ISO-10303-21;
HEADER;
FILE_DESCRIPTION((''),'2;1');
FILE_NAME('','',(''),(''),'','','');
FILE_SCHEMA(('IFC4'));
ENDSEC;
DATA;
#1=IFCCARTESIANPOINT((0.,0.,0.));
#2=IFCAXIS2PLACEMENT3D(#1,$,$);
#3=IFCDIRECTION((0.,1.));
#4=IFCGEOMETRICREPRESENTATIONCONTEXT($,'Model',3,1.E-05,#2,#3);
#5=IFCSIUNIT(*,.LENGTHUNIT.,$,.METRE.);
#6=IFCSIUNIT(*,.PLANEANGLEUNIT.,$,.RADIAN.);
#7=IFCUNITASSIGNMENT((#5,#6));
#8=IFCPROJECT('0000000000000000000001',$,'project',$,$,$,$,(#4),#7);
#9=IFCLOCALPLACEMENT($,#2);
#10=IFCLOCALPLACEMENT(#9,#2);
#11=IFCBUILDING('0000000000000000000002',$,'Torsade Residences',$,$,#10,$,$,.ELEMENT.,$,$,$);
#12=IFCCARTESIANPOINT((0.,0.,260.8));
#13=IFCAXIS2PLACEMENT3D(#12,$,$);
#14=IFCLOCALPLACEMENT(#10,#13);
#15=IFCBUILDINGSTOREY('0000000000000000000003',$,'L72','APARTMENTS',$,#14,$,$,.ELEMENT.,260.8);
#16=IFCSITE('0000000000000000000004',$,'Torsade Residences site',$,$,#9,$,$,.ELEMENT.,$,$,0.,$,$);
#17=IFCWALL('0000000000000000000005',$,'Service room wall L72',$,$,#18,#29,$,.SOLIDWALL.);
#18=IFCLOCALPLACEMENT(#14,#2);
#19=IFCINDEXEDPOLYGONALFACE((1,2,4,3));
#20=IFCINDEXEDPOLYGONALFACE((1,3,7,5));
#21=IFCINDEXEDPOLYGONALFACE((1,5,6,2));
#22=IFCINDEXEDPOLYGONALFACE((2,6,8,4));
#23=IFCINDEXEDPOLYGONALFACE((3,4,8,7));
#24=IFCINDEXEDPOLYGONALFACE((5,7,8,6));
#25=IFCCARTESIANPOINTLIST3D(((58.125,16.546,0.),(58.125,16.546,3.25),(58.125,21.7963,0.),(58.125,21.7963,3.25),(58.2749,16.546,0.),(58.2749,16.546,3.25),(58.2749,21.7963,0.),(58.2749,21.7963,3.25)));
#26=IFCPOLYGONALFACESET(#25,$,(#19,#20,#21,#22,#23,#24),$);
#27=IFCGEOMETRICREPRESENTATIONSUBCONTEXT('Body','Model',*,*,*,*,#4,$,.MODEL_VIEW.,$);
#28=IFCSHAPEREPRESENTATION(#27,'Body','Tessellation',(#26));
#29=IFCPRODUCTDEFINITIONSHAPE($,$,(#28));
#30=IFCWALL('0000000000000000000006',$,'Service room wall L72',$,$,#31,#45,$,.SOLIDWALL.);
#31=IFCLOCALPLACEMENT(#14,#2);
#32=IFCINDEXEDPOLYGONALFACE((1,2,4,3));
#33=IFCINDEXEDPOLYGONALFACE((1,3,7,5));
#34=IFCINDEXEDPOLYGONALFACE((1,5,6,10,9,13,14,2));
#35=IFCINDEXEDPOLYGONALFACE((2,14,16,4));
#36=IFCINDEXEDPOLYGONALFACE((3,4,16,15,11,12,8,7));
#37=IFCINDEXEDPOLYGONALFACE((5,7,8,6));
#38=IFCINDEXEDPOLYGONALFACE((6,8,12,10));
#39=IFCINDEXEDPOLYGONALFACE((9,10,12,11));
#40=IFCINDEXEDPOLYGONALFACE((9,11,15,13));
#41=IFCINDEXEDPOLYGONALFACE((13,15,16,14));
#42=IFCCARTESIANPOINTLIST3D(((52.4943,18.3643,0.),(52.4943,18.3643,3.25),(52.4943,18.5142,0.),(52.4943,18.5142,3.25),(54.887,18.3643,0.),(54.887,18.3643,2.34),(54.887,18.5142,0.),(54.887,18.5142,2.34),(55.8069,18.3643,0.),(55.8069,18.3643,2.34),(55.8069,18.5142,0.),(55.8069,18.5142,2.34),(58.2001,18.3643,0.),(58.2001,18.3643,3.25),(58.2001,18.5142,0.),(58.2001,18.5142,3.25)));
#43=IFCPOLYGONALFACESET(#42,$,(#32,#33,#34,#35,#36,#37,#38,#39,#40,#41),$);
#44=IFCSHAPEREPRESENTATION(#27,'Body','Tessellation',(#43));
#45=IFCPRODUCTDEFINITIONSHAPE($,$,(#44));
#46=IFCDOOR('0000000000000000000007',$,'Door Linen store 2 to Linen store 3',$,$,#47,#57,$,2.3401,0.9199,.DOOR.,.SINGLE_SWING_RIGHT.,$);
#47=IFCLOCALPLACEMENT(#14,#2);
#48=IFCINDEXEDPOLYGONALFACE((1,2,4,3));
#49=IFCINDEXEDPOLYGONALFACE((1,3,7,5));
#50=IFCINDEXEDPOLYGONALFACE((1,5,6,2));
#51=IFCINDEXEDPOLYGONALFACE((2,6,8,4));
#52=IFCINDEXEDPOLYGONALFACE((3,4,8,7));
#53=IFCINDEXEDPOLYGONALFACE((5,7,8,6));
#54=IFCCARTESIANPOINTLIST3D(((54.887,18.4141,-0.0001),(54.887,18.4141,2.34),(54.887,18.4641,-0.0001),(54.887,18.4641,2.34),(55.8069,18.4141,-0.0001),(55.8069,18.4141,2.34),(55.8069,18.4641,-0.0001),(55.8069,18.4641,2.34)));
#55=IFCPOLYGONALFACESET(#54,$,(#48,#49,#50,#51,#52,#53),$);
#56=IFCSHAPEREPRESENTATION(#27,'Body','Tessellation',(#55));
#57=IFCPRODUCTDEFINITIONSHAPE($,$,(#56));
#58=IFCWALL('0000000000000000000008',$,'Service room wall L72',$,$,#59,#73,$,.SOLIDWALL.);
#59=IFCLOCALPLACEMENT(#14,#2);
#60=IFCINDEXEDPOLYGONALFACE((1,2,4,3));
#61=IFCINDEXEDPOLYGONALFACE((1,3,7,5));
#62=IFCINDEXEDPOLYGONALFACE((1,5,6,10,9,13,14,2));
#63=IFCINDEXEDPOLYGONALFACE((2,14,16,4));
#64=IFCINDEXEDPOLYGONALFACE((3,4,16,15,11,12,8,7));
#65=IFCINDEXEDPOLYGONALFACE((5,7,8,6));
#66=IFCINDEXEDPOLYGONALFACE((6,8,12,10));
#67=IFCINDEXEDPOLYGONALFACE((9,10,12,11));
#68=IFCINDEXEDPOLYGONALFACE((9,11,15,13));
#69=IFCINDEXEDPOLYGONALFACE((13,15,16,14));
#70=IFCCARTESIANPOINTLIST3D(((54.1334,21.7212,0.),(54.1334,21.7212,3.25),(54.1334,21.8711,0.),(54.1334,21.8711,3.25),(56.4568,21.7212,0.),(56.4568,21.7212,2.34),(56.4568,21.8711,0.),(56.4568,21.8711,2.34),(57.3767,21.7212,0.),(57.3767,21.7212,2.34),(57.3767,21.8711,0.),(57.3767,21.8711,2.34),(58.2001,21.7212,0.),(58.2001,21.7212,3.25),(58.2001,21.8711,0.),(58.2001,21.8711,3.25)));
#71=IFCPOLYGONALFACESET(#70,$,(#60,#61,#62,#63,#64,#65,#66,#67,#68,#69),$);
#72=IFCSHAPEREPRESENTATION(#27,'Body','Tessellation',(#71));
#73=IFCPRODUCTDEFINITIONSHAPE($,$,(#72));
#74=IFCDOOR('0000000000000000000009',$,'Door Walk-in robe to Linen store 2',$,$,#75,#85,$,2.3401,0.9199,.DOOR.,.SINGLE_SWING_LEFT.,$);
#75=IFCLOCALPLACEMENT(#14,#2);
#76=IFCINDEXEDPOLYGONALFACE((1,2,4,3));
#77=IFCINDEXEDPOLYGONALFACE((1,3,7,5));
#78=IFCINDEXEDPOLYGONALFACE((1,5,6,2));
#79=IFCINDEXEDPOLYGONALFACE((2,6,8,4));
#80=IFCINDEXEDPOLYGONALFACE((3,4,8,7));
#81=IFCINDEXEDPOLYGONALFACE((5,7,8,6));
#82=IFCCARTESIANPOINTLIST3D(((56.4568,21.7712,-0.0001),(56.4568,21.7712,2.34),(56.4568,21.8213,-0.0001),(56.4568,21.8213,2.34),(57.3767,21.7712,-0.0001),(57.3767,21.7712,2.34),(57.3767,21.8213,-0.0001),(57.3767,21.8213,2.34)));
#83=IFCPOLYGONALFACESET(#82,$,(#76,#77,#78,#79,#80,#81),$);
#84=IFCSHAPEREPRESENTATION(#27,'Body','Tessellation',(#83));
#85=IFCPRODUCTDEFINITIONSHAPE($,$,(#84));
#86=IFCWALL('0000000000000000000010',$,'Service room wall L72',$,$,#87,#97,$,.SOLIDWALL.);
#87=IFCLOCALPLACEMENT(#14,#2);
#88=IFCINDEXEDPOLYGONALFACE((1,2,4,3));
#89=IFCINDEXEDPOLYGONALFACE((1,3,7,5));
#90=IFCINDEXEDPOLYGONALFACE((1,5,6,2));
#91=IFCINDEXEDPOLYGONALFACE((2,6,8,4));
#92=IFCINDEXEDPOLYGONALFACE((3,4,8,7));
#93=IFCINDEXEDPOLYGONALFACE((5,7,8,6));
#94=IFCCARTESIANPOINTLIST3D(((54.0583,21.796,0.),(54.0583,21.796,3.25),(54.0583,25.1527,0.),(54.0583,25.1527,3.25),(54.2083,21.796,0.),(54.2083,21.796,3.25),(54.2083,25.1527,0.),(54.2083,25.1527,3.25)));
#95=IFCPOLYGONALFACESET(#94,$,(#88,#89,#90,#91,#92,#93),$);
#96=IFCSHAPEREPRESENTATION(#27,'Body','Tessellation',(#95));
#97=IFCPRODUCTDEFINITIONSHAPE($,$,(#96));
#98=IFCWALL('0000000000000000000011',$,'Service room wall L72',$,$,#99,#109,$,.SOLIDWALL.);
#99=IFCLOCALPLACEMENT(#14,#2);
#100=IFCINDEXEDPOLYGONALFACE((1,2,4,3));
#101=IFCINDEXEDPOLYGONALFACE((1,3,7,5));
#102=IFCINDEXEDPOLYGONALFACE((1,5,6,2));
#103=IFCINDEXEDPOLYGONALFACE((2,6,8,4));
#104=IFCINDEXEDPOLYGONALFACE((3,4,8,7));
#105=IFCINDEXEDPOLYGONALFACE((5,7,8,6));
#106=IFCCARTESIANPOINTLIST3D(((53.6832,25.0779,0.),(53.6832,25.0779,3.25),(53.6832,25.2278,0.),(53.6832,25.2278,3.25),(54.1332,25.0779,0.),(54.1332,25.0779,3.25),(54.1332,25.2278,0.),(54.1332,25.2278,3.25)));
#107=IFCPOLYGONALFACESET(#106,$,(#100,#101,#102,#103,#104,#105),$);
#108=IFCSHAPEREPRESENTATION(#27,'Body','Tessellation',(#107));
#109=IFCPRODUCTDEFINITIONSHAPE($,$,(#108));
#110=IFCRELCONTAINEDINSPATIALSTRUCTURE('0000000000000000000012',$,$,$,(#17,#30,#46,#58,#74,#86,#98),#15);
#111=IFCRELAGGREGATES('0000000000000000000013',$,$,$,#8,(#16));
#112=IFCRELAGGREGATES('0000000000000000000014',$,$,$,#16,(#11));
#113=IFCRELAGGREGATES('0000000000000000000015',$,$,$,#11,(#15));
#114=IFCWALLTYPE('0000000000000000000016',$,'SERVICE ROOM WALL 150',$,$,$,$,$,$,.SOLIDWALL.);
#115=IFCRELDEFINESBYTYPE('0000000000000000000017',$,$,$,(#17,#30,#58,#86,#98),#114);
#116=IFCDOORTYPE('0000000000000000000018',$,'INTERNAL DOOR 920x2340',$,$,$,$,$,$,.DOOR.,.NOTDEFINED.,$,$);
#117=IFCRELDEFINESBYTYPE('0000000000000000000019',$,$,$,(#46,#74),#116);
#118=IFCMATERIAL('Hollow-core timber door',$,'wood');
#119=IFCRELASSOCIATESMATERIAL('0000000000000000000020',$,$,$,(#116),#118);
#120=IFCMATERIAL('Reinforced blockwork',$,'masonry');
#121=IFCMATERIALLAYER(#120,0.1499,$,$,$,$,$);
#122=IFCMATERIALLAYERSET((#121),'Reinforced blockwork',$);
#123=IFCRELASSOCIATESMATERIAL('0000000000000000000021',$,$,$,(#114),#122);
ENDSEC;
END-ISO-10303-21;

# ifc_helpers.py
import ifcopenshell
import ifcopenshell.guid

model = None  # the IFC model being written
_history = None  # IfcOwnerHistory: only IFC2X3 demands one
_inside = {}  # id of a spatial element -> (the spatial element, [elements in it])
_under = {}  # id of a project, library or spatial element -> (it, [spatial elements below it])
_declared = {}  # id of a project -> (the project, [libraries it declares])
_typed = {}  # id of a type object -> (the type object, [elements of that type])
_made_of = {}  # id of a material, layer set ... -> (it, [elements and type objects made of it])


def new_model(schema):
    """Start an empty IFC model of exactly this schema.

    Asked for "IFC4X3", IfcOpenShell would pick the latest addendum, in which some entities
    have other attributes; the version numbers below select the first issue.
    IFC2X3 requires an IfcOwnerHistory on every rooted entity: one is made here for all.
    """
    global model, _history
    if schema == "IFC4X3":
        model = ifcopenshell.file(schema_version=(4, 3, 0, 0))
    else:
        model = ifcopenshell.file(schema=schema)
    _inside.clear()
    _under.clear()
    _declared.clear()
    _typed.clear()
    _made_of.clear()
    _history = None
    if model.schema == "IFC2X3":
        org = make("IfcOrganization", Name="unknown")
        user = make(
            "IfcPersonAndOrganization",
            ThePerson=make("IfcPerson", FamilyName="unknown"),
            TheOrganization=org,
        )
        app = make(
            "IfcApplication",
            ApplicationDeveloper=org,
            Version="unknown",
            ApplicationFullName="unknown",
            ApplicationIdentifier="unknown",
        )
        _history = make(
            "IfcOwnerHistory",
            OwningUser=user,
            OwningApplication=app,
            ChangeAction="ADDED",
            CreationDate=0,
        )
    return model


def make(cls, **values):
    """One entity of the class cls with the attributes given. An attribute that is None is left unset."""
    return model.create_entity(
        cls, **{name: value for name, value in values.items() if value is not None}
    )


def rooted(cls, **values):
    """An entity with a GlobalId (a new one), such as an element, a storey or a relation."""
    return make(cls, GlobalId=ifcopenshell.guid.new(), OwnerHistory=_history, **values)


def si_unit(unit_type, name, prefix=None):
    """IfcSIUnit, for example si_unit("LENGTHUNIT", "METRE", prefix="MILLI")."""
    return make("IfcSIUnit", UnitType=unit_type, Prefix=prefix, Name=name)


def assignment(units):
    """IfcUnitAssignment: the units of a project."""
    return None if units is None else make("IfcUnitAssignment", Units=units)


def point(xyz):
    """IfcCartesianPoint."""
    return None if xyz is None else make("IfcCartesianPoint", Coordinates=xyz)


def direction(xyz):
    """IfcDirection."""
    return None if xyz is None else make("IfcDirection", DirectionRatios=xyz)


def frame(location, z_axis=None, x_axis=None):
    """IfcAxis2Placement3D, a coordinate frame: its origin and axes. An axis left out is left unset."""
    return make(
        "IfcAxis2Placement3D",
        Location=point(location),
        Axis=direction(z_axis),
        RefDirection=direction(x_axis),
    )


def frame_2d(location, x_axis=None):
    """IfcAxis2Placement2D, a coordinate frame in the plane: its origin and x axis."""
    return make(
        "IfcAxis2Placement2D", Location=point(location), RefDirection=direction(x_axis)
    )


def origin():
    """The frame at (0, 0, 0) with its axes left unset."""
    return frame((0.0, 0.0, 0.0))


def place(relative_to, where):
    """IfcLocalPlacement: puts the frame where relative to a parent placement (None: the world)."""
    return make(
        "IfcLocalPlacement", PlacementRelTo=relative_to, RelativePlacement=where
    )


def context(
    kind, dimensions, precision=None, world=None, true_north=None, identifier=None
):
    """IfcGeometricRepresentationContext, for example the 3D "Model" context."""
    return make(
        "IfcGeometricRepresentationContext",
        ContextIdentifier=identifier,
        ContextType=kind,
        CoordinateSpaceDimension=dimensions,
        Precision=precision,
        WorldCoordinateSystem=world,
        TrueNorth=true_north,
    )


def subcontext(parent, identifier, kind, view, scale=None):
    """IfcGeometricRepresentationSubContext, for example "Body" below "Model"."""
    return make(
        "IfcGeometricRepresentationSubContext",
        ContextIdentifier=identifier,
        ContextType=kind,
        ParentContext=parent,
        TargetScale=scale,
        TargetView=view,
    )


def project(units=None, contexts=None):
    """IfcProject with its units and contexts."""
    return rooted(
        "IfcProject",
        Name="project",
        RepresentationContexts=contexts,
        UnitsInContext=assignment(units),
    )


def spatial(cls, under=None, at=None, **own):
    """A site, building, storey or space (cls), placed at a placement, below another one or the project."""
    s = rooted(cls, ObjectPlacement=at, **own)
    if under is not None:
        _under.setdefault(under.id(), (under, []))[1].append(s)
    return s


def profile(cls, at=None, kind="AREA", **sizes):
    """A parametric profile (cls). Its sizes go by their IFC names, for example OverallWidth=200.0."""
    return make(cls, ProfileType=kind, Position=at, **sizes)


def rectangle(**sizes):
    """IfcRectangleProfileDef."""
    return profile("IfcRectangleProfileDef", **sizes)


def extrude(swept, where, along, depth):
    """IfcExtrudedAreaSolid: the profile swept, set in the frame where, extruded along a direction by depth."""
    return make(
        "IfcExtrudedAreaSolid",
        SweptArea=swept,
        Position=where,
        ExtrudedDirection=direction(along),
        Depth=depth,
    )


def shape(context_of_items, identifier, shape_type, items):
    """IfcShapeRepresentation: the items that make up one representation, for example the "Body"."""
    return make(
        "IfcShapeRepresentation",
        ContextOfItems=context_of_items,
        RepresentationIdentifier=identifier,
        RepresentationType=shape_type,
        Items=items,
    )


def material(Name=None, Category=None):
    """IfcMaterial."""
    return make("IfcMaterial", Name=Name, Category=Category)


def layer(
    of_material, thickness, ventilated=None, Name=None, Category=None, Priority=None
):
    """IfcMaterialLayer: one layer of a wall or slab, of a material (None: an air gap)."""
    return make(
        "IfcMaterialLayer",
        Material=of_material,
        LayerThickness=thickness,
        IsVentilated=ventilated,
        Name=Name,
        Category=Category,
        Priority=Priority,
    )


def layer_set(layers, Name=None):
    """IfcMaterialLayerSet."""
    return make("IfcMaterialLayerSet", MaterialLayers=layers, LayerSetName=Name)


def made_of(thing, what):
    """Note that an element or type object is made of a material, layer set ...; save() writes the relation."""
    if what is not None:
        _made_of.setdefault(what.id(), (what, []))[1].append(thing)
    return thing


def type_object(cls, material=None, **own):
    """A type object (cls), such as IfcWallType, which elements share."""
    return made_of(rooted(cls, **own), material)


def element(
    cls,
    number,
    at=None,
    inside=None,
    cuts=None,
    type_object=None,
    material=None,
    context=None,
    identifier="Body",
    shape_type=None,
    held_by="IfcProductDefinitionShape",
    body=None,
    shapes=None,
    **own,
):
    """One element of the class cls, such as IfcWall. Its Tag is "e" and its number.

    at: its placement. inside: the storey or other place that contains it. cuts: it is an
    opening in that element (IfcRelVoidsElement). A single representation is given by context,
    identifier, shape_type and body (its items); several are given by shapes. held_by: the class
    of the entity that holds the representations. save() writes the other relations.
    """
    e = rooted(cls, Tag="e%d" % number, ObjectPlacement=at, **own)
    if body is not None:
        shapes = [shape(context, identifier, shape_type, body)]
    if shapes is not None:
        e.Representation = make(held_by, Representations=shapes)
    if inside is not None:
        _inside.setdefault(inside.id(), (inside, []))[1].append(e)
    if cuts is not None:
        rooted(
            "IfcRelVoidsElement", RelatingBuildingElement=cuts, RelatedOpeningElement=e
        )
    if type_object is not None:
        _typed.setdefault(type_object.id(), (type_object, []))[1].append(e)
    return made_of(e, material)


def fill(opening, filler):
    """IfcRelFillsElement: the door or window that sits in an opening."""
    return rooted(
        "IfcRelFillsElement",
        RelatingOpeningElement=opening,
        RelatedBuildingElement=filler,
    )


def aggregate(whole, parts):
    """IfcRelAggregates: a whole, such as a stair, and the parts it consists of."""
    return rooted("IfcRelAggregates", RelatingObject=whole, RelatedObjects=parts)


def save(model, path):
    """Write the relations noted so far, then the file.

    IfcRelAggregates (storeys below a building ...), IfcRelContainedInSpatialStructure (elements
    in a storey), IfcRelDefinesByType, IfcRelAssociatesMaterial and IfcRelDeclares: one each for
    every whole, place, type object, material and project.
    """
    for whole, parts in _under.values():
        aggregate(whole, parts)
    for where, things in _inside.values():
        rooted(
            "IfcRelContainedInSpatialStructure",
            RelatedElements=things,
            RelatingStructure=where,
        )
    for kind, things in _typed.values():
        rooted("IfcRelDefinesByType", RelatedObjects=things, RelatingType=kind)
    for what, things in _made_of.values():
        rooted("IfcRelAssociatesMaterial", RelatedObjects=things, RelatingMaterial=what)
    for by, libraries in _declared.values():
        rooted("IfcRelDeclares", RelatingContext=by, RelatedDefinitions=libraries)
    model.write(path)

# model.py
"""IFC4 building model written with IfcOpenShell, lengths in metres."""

from ifc_helpers import new_model, si_unit, direction, frame, frame_2d, origin, place, context, subcontext, project, spatial, rectangle, extrude, material, layer, layer_set, type_object, element, fill, save


model = new_model("IFC4")

# Units and contexts
model_context = context("Model", 3, precision=1e-05, world=origin(), true_north=direction((0.0, 1.0)))
body_context = subcontext(model_context, "Body", "Model", "MODEL_VIEW")
ifc_project = project(units=[si_unit("LENGTHUNIT", "METRE"), si_unit("PLANEANGLEUNIT", "RADIAN")], contexts=[model_context])

# Site, building, storey
site_placement = place(None, origin())
site = spatial("IfcSite", under=ifc_project, at=site_placement, Name="Torsade Residences site", CompositionType="ELEMENT", RefElevation=0.0)
building_placement = place(site_placement, origin())
building = spatial("IfcBuilding", under=site, at=building_placement, Name="Torsade Residences", CompositionType="ELEMENT")
storey_placement = place(building_placement, frame((0.0, 0.0, 260.8)))
storey = spatial("IfcBuildingStorey", under=building, at=storey_placement, Name="L72", Description="APARTMENTS", CompositionType="ELEMENT", Elevation=260.8)

# Shared definitions
ifc_material_1 = material(Name="Hollow-core timber door", Category="wood")
door_type_1 = type_object("IfcDoorType", Name="INTERNAL DOOR 920x2340", OperationType="NOTDEFINED", PredefinedType="DOOR", material=ifc_material_1)
ifc_material_2 = material(Name="Reinforced blockwork", Category="masonry")
ifc_layer_1 = layer(ifc_material_2, 0.1499)
ifc_layer_set_1 = layer_set([ifc_layer_1], Name="Reinforced blockwork")
wall_type_1 = type_object("IfcWallType", Name="SERVICE ROOM WALL 150", PredefinedType="SOLIDWALL", material=ifc_layer_set_1)

# Wall
wall_1_placement = place(storey_placement, frame((58.2, 21.7961, 0.0), z_axis=(0.0, 0.0, 1.0), x_axis=(0.0, -1.0, 0.0)))
element("IfcWall", 1, at=wall_1_placement, inside=storey, type_object=wall_type_1, Name="Service room wall L72", PredefinedType="SOLIDWALL", context=body_context, shape_type="SweptSolid", body=[
    extrude(rectangle(XDim=5.2502, YDim=0.1499, at=frame_2d((2.625, 0.0))), origin(), (0.0, 0.0, 1.0), 3.25),
])

# Walls, openings, doors
wall_2_placement = place(storey_placement, frame((52.4941, 18.4392, 0.0), z_axis=(0.0, 0.0, 1.0), x_axis=(1.0, 0.0, 0.0)))
wall_2 = element("IfcWall", 2, at=wall_2_placement, inside=storey, type_object=wall_type_1, Name="Service room wall L72", PredefinedType="SOLIDWALL", context=body_context, shape_type="SweptSolid", body=[
    extrude(rectangle(XDim=5.7058, YDim=0.1499, at=frame_2d((2.853, 0.0))), origin(), (0.0, 0.0, 1.0), 3.25),
])
opening_1_placement = place(wall_2_placement, frame((2.3928, 0.0, 0.0)))
opening_1 = element("IfcOpeningElement", 3, at=opening_1_placement, cuts=wall_2, PredefinedType="OPENING", context=body_context, shape_type="SweptSolid", body=[
    extrude(rectangle(XDim=0.9199, YDim=2.3401, at=frame_2d((0.46, 1.1699))), frame((0.0, 0.085, 0.0), z_axis=(0.0, -1.0, 0.0), x_axis=(1.0, 0.0, 0.0)), (0.0, 0.0, 1.0), 0.1699),
])
door_1_placement = place(opening_1_placement, origin())
door_1 = element("IfcDoor", 4, at=door_1_placement, inside=storey, type_object=door_type_1, Name="Door Linen store 2 to Linen store 3", OperationType="SINGLE_SWING_RIGHT", OverallHeight=2.3401, OverallWidth=0.9199, PredefinedType="DOOR", context=body_context, shape_type="SweptSolid", body=[
    extrude(rectangle(XDim=0.9199, YDim=2.3401, at=frame_2d((0.46, 1.1699))), frame((0.0, 0.0249, 0.0), z_axis=(0.0, -1.0, 0.0), x_axis=(1.0, 0.0, 0.0)), (0.0, 0.0, 1.0), 0.05),
])
fill(opening_1, door_1)
wall_3_placement = place(storey_placement, frame((58.2, 21.7961, 0.0), z_axis=(0.0, 0.0, 1.0), x_axis=(-1.0, 0.0, 0.0)))
wall_3 = element("IfcWall", 5, at=wall_3_placement, inside=storey, type_object=wall_type_1, Name="Service room wall L72", PredefinedType="SOLIDWALL", context=body_context, shape_type="SweptSolid", body=[
    extrude(rectangle(XDim=4.0667, YDim=0.1499, at=frame_2d((2.0332, 0.0))), origin(), (0.0, 0.0, 1.0), 3.25),
])
opening_2_placement = place(wall_3_placement, frame((0.8232, 0.0, 0.0)))
opening_2 = element("IfcOpeningElement", 6, at=opening_2_placement, cuts=wall_3, PredefinedType="OPENING", context=body_context, shape_type="SweptSolid", body=[
    extrude(rectangle(XDim=0.9199, YDim=2.3401, at=frame_2d((0.46, 1.1699))), frame((0.0, 0.085, 0.0), z_axis=(0.0, -1.0, 0.0), x_axis=(1.0, 0.0, 0.0)), (0.0, 0.0, 1.0), 0.1699),
])
door_2_placement = place(opening_2_placement, origin())
door_2 = element("IfcDoor", 7, at=door_2_placement, inside=storey, type_object=door_type_1, Name="Door Walk-in robe to Linen store 2", OperationType="SINGLE_SWING_LEFT", OverallHeight=2.3401, OverallWidth=0.9199, PredefinedType="DOOR", context=body_context, shape_type="SweptSolid", body=[
    extrude(rectangle(XDim=0.9199, YDim=2.3401, at=frame_2d((0.46, 1.1699))), frame((0.0, 0.0249, 0.0), z_axis=(0.0, -1.0, 0.0), x_axis=(1.0, 0.0, 0.0)), (0.0, 0.0, 1.0), 0.05),
])
fill(opening_2, door_2)

# Walls
wall_4_placement = place(storey_placement, frame((54.1333, 21.7961, 0.0), z_axis=(0.0, 0.0, 1.0), x_axis=(0.0, 1.0, 0.0)))
element("IfcWall", 8, at=wall_4_placement, inside=storey, type_object=wall_type_1, Name="Service room wall L72", PredefinedType="SOLIDWALL", context=body_context, shape_type="SweptSolid", body=[
    extrude(rectangle(XDim=3.3567, YDim=0.1499, at=frame_2d((1.6782, 0.0))), origin(), (0.0, 0.0, 1.0), 3.25),
])
wall_5_placement = place(storey_placement, frame((54.1333, 25.1528, 0.0), z_axis=(0.0, 0.0, 1.0), x_axis=(-1.0, 0.0, 0.0)))
element("IfcWall", 9, at=wall_5_placement, inside=storey, type_object=wall_type_1, Name="Service room wall L72", PredefinedType="SOLIDWALL", context=body_context, shape_type="SweptSolid", body=[
    extrude(rectangle(XDim=0.45, YDim=0.1499, at=frame_2d((0.2251, 0.0))), origin(), (0.0, 0.0, 1.0), 3.25),
])

save(model, "model.ifc")
